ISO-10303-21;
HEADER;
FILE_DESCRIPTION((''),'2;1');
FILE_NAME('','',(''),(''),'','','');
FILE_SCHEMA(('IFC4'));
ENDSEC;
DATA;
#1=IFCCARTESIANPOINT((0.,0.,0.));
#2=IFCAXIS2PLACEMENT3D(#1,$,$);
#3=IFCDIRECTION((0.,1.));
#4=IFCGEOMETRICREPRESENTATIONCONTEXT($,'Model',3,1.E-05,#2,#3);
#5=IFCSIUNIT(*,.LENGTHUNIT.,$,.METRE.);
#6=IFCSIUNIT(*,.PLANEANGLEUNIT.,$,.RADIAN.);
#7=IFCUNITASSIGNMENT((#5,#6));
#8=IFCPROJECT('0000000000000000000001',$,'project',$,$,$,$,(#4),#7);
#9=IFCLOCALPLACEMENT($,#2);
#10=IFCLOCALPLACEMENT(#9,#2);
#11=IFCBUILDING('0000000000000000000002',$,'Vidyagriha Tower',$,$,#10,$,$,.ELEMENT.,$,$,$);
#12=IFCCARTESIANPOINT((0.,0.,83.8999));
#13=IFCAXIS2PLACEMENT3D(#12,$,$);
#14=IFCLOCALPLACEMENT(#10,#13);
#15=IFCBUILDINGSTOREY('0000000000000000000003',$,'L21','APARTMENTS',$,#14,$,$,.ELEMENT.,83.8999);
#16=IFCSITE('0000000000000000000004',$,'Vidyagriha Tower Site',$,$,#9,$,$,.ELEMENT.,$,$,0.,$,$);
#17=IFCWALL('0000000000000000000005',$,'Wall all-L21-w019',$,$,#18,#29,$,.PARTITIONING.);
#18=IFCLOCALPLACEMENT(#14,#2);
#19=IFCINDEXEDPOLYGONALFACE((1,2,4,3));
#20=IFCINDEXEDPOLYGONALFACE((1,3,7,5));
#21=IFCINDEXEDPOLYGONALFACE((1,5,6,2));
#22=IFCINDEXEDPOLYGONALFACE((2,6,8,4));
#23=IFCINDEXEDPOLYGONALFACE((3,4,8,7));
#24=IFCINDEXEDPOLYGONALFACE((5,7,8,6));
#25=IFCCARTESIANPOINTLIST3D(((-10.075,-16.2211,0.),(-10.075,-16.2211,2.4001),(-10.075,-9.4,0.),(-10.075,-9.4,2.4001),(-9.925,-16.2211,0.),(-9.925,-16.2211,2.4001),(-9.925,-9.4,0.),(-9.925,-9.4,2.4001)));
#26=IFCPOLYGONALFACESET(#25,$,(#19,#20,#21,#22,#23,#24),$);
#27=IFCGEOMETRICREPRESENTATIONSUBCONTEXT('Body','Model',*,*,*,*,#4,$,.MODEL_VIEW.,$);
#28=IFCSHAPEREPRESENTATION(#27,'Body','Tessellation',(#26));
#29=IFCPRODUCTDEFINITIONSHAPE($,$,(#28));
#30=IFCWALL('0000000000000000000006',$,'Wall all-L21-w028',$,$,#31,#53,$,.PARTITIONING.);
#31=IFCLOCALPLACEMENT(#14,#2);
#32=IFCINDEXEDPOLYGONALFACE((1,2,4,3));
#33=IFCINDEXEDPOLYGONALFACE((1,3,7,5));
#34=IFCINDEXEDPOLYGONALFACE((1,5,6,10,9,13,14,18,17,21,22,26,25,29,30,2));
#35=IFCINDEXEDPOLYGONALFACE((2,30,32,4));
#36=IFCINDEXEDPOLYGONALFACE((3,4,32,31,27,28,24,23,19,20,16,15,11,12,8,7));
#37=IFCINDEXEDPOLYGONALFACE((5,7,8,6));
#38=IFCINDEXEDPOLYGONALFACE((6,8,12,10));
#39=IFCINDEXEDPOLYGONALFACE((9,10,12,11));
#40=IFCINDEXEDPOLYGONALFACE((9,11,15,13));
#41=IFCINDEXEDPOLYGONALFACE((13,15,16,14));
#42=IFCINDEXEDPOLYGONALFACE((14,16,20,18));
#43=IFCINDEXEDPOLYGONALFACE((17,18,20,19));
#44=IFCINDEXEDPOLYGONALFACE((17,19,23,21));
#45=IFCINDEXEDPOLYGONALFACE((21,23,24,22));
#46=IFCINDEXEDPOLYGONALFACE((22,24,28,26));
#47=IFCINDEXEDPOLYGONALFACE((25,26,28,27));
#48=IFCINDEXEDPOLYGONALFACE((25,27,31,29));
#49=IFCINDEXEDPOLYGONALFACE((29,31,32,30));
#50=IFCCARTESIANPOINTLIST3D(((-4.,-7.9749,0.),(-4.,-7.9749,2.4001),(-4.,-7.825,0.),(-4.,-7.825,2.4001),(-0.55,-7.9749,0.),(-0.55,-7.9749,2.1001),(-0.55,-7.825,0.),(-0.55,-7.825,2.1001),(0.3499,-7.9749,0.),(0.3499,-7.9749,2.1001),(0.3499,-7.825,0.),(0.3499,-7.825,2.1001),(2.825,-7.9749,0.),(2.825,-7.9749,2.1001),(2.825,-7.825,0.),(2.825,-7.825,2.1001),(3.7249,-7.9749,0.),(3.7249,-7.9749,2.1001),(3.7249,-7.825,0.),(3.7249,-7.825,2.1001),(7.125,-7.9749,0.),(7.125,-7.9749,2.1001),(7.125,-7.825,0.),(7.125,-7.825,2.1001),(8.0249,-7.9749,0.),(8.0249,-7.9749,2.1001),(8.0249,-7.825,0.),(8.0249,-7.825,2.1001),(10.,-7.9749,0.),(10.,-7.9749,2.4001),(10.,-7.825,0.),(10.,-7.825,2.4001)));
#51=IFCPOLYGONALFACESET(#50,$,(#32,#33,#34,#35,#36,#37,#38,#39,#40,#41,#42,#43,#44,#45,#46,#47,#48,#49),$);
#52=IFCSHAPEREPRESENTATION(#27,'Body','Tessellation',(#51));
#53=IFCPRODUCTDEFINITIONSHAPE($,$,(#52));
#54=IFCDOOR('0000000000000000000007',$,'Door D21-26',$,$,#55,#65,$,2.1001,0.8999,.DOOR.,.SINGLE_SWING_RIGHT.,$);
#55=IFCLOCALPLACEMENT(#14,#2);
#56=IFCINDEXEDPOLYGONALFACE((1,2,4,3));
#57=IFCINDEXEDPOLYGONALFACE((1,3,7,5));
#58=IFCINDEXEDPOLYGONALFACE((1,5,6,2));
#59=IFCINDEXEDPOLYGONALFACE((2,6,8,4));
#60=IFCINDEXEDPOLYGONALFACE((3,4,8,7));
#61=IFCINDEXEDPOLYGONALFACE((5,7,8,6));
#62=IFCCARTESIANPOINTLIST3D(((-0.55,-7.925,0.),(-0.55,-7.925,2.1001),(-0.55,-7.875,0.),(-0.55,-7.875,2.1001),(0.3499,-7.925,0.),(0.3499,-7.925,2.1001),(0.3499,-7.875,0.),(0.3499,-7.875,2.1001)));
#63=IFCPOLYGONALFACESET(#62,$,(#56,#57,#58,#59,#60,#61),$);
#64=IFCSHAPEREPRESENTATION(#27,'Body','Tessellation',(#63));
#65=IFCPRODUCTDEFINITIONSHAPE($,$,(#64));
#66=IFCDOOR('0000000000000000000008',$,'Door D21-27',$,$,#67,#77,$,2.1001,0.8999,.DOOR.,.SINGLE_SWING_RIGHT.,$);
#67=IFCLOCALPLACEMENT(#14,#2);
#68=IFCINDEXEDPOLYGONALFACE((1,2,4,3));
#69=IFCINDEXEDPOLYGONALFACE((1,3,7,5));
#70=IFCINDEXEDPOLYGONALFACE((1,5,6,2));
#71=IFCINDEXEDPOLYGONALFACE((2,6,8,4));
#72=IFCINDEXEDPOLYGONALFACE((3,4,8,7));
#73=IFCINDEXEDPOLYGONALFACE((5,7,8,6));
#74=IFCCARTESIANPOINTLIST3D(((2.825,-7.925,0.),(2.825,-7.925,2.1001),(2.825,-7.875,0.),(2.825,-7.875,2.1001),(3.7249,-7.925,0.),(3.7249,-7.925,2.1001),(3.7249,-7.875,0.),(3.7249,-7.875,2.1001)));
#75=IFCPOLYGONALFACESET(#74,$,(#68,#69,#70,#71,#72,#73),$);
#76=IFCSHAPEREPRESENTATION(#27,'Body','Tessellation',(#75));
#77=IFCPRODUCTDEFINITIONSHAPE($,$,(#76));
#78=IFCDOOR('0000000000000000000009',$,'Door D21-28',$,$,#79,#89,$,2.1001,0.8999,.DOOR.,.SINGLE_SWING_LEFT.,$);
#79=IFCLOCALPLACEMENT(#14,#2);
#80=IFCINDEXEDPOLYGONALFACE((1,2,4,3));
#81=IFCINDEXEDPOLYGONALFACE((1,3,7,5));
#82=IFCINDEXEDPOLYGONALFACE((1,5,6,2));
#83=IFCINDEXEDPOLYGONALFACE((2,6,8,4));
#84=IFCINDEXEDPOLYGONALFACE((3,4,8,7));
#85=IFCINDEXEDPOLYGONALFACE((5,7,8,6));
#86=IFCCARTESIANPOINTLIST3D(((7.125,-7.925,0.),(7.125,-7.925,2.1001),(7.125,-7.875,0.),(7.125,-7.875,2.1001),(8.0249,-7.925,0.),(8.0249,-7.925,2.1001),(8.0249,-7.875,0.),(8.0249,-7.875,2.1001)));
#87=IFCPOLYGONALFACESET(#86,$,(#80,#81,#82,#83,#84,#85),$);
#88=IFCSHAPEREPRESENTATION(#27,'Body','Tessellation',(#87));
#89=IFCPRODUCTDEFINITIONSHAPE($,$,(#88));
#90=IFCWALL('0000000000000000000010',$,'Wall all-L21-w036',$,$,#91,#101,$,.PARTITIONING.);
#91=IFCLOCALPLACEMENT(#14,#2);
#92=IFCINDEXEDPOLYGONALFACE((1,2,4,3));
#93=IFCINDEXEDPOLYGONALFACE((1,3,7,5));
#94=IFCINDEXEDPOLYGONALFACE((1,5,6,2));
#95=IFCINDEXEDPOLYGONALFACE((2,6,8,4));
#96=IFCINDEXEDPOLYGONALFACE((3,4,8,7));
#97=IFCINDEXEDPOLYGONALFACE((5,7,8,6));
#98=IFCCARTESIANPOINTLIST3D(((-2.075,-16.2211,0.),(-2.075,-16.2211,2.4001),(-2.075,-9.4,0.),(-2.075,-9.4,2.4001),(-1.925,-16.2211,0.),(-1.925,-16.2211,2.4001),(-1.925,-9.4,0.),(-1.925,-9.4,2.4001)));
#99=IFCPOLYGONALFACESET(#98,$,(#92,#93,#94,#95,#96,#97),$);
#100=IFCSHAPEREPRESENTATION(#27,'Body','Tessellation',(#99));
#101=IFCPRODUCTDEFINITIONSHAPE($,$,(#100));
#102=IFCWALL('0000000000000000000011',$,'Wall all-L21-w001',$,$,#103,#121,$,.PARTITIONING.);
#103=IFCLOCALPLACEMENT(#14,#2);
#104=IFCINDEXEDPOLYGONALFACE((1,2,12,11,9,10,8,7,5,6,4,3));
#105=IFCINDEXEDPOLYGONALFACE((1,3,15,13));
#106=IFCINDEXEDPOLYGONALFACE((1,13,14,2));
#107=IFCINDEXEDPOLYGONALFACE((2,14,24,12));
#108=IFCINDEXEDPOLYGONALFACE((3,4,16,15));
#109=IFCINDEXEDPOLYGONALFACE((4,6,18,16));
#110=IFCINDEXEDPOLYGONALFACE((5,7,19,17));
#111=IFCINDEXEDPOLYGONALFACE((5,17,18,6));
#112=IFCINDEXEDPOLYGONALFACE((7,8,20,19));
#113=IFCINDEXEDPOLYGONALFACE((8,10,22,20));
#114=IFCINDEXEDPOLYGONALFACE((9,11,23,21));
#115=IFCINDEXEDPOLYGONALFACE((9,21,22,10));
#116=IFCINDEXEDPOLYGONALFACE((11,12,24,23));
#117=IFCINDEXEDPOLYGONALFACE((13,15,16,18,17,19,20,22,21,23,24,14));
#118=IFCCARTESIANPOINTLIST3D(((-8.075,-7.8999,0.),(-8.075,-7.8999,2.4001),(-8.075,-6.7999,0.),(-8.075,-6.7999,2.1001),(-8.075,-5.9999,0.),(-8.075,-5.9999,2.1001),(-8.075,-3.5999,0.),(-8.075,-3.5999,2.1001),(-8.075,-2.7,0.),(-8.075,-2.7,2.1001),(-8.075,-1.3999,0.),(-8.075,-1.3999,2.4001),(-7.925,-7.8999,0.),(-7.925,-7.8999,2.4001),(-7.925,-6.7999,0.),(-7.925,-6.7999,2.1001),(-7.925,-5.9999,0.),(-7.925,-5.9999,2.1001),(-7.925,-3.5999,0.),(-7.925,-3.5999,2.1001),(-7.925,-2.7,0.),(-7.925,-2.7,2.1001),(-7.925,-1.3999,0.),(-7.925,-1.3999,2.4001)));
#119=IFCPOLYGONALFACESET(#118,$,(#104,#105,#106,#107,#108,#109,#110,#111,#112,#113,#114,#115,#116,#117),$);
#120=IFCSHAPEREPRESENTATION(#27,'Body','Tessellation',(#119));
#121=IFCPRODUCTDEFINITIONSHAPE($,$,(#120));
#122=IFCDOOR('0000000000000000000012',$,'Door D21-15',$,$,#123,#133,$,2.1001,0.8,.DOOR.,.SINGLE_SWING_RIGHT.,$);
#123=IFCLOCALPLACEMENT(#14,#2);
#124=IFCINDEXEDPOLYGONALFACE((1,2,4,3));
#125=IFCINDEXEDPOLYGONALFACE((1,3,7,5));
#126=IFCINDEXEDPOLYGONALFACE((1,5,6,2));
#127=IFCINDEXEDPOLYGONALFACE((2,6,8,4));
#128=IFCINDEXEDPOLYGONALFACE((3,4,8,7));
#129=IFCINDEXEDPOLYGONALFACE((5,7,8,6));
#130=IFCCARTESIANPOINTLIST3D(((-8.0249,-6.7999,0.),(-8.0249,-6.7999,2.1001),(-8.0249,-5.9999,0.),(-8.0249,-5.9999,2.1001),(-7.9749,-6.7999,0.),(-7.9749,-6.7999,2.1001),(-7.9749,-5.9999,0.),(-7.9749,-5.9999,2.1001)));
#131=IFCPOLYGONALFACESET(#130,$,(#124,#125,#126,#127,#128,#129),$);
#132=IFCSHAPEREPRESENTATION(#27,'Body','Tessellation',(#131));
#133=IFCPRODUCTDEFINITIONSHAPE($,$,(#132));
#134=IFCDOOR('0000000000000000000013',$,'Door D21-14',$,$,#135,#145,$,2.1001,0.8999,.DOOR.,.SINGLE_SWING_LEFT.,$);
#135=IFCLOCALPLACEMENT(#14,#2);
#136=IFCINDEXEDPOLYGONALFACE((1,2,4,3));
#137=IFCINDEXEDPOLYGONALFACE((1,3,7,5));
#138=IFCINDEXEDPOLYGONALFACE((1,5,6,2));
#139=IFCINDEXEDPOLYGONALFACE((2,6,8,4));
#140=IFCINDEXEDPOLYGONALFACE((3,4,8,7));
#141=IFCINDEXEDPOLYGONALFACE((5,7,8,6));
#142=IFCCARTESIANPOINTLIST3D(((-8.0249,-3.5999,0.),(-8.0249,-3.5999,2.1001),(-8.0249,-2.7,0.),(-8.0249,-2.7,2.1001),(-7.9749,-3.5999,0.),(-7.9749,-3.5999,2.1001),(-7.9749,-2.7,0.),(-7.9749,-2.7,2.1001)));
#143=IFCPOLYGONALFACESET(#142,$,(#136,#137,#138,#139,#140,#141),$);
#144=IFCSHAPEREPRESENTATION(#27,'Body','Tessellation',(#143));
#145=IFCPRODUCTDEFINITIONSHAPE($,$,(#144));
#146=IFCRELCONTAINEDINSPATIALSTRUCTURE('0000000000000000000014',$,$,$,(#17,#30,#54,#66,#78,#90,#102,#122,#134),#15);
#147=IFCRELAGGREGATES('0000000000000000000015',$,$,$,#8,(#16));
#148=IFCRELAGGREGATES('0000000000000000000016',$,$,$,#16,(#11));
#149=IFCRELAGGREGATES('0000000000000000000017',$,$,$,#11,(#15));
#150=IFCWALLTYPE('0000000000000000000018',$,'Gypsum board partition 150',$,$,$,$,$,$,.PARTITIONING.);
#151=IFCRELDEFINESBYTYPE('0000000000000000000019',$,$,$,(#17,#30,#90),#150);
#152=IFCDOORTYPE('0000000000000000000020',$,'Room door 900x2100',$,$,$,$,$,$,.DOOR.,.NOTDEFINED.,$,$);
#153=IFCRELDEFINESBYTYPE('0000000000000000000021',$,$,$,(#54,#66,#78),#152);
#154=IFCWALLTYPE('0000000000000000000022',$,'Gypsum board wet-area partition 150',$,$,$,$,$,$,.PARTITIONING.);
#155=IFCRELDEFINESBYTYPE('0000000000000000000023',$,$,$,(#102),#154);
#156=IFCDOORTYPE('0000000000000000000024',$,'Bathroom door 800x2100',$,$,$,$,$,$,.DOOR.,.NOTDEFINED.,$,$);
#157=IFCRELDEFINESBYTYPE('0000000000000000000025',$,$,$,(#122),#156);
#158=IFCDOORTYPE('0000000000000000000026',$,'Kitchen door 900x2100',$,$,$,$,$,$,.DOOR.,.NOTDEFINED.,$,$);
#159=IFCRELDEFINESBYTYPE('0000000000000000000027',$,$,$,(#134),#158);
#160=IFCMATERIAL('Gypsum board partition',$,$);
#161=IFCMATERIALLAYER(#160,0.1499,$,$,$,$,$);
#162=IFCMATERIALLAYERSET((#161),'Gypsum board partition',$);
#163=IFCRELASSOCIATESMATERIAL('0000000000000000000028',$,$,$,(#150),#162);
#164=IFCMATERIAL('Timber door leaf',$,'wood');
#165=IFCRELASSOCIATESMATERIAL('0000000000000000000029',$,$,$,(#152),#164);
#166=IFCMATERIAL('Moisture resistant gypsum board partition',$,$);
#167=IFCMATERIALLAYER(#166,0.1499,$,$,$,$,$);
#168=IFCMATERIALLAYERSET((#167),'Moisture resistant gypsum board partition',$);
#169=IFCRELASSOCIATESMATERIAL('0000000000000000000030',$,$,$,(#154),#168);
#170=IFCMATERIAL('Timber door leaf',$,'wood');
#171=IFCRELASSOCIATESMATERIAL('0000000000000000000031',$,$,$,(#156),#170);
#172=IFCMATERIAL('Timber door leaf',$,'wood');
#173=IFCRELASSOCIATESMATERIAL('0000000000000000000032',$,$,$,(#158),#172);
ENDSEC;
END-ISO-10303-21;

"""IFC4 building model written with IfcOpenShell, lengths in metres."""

from ifc_helpers import new_model, si_unit, direction, frame, frame_2d, origin, place, context, subcontext, project, spatial, rectangle, extrude, material, layer, layer_set, type_object, element, fill, save


model = new_model("IFC4")

# Units and contexts
model_context = context("Model", 3, precision=1e-05, world=origin(), true_north=direction((0.0, 1.0)))
body_context = subcontext(model_context, "Body", "Model", "MODEL_VIEW")
ifc_project = project(units=[si_unit("LENGTHUNIT", "METRE"), si_unit("PLANEANGLEUNIT", "RADIAN")], contexts=[model_context])

# Site, building, storey
site_placement = place(None, origin())
site = spatial("IfcSite", under=ifc_project, at=site_placement, Name="Vidyagriha Tower Site", CompositionType="ELEMENT", RefElevation=0.0)
building_placement = place(site_placement, origin())
building = spatial("IfcBuilding", under=site, at=building_placement, Name="Vidyagriha Tower", CompositionType="ELEMENT")
storey_placement = place(building_placement, frame((0.0, 0.0, 83.8999)))
storey = spatial("IfcBuildingStorey", under=building, at=storey_placement, Name="L21", Description="APARTMENTS", CompositionType="ELEMENT", Elevation=83.8999)

# Shared definitions
ifc_material_1 = material(Name="Gypsum board partition")
ifc_layer_1 = layer(ifc_material_1, 0.1499)
ifc_layer_set_1 = layer_set([ifc_layer_1], Name="Gypsum board partition")
wall_type_1 = type_object("IfcWallType", Name="Gypsum board partition 150", PredefinedType="PARTITIONING", material=ifc_layer_set_1)

# Shared definitions
ifc_material_2 = material(Name="Timber door leaf", Category="wood")
door_type_1 = type_object("IfcDoorType", Name="Room door 900x2100", OperationType="NOTDEFINED", PredefinedType="DOOR", material=ifc_material_2)

# Wall
wall_1_placement = place(storey_placement, frame((-10.0, -9.3999, 0.0), z_axis=(0.0, 0.0, 1.0), x_axis=(0.0, -1.0, 0.0)))
element("IfcWall", 1, at=wall_1_placement, inside=storey, type_object=wall_type_1, Name="Wall all-L21-w019", PredefinedType="PARTITIONING", context=body_context, shape_type="SweptSolid", body=[
    extrude(rectangle(XDim=6.821, YDim=0.1499, at=frame_2d((3.4106, 0.0))), origin(), (0.0, 0.0, 1.0), 2.4001),
])

# Wall, openings, doors
wall_2_placement = place(storey_placement, frame((-4.0, -7.8999, 0.0)))
wall_2 = element("IfcWall", 2, at=wall_2_placement, inside=storey, type_object=wall_type_1, Name="Wall all-L21-w028", PredefinedType="PARTITIONING", context=body_context, shape_type="SweptSolid", body=[
    extrude(rectangle(XDim=14.0, YDim=0.1499, at=frame_2d((7.0, 0.0))), origin(), (0.0, 0.0, 1.0), 2.4001),
])
opening_1_placement = place(wall_2_placement, frame((3.45, 0.0, 0.0)))
opening_1 = element("IfcOpeningElement", 3, at=opening_1_placement, cuts=wall_2, PredefinedType="OPENING", context=body_context, shape_type="SweptSolid", body=[
    extrude(rectangle(XDim=0.8999, YDim=2.1001, at=frame_2d((0.45, 1.05))), frame((0.0, 0.085, 0.0), z_axis=(0.0, -1.0, 0.0), x_axis=(1.0, 0.0, 0.0)), (0.0, 0.0, 1.0), 0.1699),
])
opening_2_placement = place(wall_2_placement, frame((6.825, 0.0, 0.0)))
opening_2 = element("IfcOpeningElement", 4, at=opening_2_placement, cuts=wall_2, PredefinedType="OPENING", context=body_context, shape_type="SweptSolid", body=[
    extrude(rectangle(XDim=0.8999, YDim=2.1001, at=frame_2d((0.45, 1.05))), frame((0.0, 0.085, 0.0), z_axis=(0.0, -1.0, 0.0), x_axis=(1.0, 0.0, 0.0)), (0.0, 0.0, 1.0), 0.1699),
])
opening_3_placement = place(wall_2_placement, frame((11.125, 0.0, 0.0)))
opening_3 = element("IfcOpeningElement", 5, at=opening_3_placement, cuts=wall_2, PredefinedType="OPENING", context=body_context, shape_type="SweptSolid", body=[
    extrude(rectangle(XDim=0.8999, YDim=2.1001, at=frame_2d((0.45, 1.05))), frame((0.0, 0.085, 0.0), z_axis=(0.0, -1.0, 0.0), x_axis=(1.0, 0.0, 0.0)), (0.0, 0.0, 1.0), 0.1699),
])
door_1_placement = place(opening_1_placement, origin())
door_1 = element("IfcDoor", 6, at=door_1_placement, inside=storey, type_object=door_type_1, Name="Door D21-26", OperationType="SINGLE_SWING_RIGHT", OverallHeight=2.1001, OverallWidth=0.8999, PredefinedType="DOOR", context=body_context, shape_type="SweptSolid", body=[
    extrude(rectangle(XDim=0.8999, YDim=2.1001, at=frame_2d((0.45, 1.05))), frame((0.0, 0.0249, 0.0), z_axis=(0.0, -1.0, 0.0), x_axis=(1.0, 0.0, 0.0)), (0.0, 0.0, 1.0), 0.05),
])
fill(opening_1, door_1)
door_2_placement = place(opening_2_placement, origin())
door_2 = element("IfcDoor", 7, at=door_2_placement, inside=storey, type_object=door_type_1, Name="Door D21-27", OperationType="SINGLE_SWING_RIGHT", OverallHeight=2.1001, OverallWidth=0.8999, PredefinedType="DOOR", context=body_context, shape_type="SweptSolid", body=[
    extrude(rectangle(XDim=0.8999, YDim=2.1001, at=frame_2d((0.45, 1.05))), frame((0.0, 0.0249, 0.0), z_axis=(0.0, -1.0, 0.0), x_axis=(1.0, 0.0, 0.0)), (0.0, 0.0, 1.0), 0.05),
])
fill(opening_2, door_2)
door_3_placement = place(opening_3_placement, origin())
door_3 = element("IfcDoor", 8, at=door_3_placement, inside=storey, type_object=door_type_1, Name="Door D21-28", OperationType="SINGLE_SWING_LEFT", OverallHeight=2.1001, OverallWidth=0.8999, PredefinedType="DOOR", context=body_context, shape_type="SweptSolid", body=[
    extrude(rectangle(XDim=0.8999, YDim=2.1001, at=frame_2d((0.45, 1.05))), frame((0.0, 0.0249, 0.0), z_axis=(0.0, -1.0, 0.0), x_axis=(1.0, 0.0, 0.0)), (0.0, 0.0, 1.0), 0.05),
])
fill(opening_3, door_3)

# Wall
wall_3_placement = place(storey_placement, frame((-2.0, -9.3999, 0.0), z_axis=(0.0, 0.0, 1.0), x_axis=(0.0, -1.0, 0.0)))
element("IfcWall", 9, at=wall_3_placement, inside=storey, type_object=wall_type_1, Name="Wall all-L21-w036", PredefinedType="PARTITIONING", context=body_context, shape_type="SweptSolid", body=[
    extrude(rectangle(XDim=6.821, YDim=0.1499, at=frame_2d((3.4106, 0.0))), origin(), (0.0, 0.0, 1.0), 2.4001),
])

# Wall, openings, doors
ifc_material_3 = material(Name="Moisture resistant gypsum board partition")
ifc_layer_2 = layer(ifc_material_3, 0.1499)
ifc_layer_set_2 = layer_set([ifc_layer_2], Name="Moisture resistant gypsum board partition")
wall_type_2 = type_object("IfcWallType", Name="Gypsum board wet-area partition 150", PredefinedType="PARTITIONING", material=ifc_layer_set_2)
wall_4_placement = place(storey_placement, frame((-8.0, -7.8999, 0.0), z_axis=(0.0, 0.0, 1.0), x_axis=(0.0, 1.0, 0.0)))
wall_4 = element("IfcWall", 10, at=wall_4_placement, inside=storey, type_object=wall_type_2, Name="Wall all-L21-w001", PredefinedType="PARTITIONING", context=body_context, shape_type="SweptSolid", body=[
    extrude(rectangle(XDim=6.5, YDim=0.1499, at=frame_2d((3.25, 0.0))), origin(), (0.0, 0.0, 1.0), 2.4001),
])
opening_4_placement = place(wall_4_placement, frame((4.3, 0.0, 0.0)))
opening_4 = element("IfcOpeningElement", 11, at=opening_4_placement, cuts=wall_4, PredefinedType="OPENING", context=body_context, shape_type="SweptSolid", body=[
    extrude(rectangle(XDim=0.8999, YDim=2.1001, at=frame_2d((0.45, 1.05))), frame((0.0, 0.085, 0.0), z_axis=(0.0, -1.0, 0.0), x_axis=(1.0, 0.0, 0.0)), (0.0, 0.0, 1.0), 0.1699),
])
opening_5_placement = place(wall_4_placement, frame((1.1001, 0.0, 0.0)))
opening_5 = element("IfcOpeningElement", 12, at=opening_5_placement, cuts=wall_4, PredefinedType="OPENING", context=body_context, shape_type="SweptSolid", body=[
    extrude(rectangle(XDim=0.8, YDim=2.1001, at=frame_2d((0.3999, 1.05))), frame((0.0, 0.085, 0.0), z_axis=(0.0, -1.0, 0.0), x_axis=(1.0, 0.0, 0.0)), (0.0, 0.0, 1.0), 0.1699),
])
ifc_material_4 = material(Name="Timber door leaf", Category="wood")
door_type_2 = type_object("IfcDoorType", Name="Bathroom door 800x2100", OperationType="NOTDEFINED", PredefinedType="DOOR", material=ifc_material_4)
door_4_placement = place(opening_5_placement, origin())
door_4 = element("IfcDoor", 13, at=door_4_placement, inside=storey, type_object=door_type_2, Name="Door D21-15", OperationType="SINGLE_SWING_RIGHT", OverallHeight=2.1001, OverallWidth=0.8, PredefinedType="DOOR", context=body_context, shape_type="SweptSolid", body=[
    extrude(rectangle(XDim=0.8, YDim=2.1001, at=frame_2d((0.3999, 1.05))), frame((0.0, 0.0249, 0.0), z_axis=(0.0, -1.0, 0.0), x_axis=(1.0, 0.0, 0.0)), (0.0, 0.0, 1.0), 0.05),
])
fill(opening_5, door_4)
ifc_material_5 = material(Name="Timber door leaf", Category="wood")
door_type_3 = type_object("IfcDoorType", Name="Kitchen door 900x2100", OperationType="NOTDEFINED", PredefinedType="DOOR", material=ifc_material_5)
door_5_placement = place(opening_4_placement, origin())
door_5 = element("IfcDoor", 14, at=door_5_placement, inside=storey, type_object=door_type_3, Name="Door D21-14", OperationType="SINGLE_SWING_LEFT", OverallHeight=2.1001, OverallWidth=0.8999, PredefinedType="DOOR", context=body_context, shape_type="SweptSolid", body=[
    extrude(rectangle(XDim=0.8999, YDim=2.1001, at=frame_2d((0.45, 1.05))), frame((0.0, 0.0249, 0.0), z_axis=(0.0, -1.0, 0.0), x_axis=(1.0, 0.0, 0.0)), (0.0, 0.0, 1.0), 0.05),
])
fill(opening_4, door_5)

save(model, "model.ifc")
